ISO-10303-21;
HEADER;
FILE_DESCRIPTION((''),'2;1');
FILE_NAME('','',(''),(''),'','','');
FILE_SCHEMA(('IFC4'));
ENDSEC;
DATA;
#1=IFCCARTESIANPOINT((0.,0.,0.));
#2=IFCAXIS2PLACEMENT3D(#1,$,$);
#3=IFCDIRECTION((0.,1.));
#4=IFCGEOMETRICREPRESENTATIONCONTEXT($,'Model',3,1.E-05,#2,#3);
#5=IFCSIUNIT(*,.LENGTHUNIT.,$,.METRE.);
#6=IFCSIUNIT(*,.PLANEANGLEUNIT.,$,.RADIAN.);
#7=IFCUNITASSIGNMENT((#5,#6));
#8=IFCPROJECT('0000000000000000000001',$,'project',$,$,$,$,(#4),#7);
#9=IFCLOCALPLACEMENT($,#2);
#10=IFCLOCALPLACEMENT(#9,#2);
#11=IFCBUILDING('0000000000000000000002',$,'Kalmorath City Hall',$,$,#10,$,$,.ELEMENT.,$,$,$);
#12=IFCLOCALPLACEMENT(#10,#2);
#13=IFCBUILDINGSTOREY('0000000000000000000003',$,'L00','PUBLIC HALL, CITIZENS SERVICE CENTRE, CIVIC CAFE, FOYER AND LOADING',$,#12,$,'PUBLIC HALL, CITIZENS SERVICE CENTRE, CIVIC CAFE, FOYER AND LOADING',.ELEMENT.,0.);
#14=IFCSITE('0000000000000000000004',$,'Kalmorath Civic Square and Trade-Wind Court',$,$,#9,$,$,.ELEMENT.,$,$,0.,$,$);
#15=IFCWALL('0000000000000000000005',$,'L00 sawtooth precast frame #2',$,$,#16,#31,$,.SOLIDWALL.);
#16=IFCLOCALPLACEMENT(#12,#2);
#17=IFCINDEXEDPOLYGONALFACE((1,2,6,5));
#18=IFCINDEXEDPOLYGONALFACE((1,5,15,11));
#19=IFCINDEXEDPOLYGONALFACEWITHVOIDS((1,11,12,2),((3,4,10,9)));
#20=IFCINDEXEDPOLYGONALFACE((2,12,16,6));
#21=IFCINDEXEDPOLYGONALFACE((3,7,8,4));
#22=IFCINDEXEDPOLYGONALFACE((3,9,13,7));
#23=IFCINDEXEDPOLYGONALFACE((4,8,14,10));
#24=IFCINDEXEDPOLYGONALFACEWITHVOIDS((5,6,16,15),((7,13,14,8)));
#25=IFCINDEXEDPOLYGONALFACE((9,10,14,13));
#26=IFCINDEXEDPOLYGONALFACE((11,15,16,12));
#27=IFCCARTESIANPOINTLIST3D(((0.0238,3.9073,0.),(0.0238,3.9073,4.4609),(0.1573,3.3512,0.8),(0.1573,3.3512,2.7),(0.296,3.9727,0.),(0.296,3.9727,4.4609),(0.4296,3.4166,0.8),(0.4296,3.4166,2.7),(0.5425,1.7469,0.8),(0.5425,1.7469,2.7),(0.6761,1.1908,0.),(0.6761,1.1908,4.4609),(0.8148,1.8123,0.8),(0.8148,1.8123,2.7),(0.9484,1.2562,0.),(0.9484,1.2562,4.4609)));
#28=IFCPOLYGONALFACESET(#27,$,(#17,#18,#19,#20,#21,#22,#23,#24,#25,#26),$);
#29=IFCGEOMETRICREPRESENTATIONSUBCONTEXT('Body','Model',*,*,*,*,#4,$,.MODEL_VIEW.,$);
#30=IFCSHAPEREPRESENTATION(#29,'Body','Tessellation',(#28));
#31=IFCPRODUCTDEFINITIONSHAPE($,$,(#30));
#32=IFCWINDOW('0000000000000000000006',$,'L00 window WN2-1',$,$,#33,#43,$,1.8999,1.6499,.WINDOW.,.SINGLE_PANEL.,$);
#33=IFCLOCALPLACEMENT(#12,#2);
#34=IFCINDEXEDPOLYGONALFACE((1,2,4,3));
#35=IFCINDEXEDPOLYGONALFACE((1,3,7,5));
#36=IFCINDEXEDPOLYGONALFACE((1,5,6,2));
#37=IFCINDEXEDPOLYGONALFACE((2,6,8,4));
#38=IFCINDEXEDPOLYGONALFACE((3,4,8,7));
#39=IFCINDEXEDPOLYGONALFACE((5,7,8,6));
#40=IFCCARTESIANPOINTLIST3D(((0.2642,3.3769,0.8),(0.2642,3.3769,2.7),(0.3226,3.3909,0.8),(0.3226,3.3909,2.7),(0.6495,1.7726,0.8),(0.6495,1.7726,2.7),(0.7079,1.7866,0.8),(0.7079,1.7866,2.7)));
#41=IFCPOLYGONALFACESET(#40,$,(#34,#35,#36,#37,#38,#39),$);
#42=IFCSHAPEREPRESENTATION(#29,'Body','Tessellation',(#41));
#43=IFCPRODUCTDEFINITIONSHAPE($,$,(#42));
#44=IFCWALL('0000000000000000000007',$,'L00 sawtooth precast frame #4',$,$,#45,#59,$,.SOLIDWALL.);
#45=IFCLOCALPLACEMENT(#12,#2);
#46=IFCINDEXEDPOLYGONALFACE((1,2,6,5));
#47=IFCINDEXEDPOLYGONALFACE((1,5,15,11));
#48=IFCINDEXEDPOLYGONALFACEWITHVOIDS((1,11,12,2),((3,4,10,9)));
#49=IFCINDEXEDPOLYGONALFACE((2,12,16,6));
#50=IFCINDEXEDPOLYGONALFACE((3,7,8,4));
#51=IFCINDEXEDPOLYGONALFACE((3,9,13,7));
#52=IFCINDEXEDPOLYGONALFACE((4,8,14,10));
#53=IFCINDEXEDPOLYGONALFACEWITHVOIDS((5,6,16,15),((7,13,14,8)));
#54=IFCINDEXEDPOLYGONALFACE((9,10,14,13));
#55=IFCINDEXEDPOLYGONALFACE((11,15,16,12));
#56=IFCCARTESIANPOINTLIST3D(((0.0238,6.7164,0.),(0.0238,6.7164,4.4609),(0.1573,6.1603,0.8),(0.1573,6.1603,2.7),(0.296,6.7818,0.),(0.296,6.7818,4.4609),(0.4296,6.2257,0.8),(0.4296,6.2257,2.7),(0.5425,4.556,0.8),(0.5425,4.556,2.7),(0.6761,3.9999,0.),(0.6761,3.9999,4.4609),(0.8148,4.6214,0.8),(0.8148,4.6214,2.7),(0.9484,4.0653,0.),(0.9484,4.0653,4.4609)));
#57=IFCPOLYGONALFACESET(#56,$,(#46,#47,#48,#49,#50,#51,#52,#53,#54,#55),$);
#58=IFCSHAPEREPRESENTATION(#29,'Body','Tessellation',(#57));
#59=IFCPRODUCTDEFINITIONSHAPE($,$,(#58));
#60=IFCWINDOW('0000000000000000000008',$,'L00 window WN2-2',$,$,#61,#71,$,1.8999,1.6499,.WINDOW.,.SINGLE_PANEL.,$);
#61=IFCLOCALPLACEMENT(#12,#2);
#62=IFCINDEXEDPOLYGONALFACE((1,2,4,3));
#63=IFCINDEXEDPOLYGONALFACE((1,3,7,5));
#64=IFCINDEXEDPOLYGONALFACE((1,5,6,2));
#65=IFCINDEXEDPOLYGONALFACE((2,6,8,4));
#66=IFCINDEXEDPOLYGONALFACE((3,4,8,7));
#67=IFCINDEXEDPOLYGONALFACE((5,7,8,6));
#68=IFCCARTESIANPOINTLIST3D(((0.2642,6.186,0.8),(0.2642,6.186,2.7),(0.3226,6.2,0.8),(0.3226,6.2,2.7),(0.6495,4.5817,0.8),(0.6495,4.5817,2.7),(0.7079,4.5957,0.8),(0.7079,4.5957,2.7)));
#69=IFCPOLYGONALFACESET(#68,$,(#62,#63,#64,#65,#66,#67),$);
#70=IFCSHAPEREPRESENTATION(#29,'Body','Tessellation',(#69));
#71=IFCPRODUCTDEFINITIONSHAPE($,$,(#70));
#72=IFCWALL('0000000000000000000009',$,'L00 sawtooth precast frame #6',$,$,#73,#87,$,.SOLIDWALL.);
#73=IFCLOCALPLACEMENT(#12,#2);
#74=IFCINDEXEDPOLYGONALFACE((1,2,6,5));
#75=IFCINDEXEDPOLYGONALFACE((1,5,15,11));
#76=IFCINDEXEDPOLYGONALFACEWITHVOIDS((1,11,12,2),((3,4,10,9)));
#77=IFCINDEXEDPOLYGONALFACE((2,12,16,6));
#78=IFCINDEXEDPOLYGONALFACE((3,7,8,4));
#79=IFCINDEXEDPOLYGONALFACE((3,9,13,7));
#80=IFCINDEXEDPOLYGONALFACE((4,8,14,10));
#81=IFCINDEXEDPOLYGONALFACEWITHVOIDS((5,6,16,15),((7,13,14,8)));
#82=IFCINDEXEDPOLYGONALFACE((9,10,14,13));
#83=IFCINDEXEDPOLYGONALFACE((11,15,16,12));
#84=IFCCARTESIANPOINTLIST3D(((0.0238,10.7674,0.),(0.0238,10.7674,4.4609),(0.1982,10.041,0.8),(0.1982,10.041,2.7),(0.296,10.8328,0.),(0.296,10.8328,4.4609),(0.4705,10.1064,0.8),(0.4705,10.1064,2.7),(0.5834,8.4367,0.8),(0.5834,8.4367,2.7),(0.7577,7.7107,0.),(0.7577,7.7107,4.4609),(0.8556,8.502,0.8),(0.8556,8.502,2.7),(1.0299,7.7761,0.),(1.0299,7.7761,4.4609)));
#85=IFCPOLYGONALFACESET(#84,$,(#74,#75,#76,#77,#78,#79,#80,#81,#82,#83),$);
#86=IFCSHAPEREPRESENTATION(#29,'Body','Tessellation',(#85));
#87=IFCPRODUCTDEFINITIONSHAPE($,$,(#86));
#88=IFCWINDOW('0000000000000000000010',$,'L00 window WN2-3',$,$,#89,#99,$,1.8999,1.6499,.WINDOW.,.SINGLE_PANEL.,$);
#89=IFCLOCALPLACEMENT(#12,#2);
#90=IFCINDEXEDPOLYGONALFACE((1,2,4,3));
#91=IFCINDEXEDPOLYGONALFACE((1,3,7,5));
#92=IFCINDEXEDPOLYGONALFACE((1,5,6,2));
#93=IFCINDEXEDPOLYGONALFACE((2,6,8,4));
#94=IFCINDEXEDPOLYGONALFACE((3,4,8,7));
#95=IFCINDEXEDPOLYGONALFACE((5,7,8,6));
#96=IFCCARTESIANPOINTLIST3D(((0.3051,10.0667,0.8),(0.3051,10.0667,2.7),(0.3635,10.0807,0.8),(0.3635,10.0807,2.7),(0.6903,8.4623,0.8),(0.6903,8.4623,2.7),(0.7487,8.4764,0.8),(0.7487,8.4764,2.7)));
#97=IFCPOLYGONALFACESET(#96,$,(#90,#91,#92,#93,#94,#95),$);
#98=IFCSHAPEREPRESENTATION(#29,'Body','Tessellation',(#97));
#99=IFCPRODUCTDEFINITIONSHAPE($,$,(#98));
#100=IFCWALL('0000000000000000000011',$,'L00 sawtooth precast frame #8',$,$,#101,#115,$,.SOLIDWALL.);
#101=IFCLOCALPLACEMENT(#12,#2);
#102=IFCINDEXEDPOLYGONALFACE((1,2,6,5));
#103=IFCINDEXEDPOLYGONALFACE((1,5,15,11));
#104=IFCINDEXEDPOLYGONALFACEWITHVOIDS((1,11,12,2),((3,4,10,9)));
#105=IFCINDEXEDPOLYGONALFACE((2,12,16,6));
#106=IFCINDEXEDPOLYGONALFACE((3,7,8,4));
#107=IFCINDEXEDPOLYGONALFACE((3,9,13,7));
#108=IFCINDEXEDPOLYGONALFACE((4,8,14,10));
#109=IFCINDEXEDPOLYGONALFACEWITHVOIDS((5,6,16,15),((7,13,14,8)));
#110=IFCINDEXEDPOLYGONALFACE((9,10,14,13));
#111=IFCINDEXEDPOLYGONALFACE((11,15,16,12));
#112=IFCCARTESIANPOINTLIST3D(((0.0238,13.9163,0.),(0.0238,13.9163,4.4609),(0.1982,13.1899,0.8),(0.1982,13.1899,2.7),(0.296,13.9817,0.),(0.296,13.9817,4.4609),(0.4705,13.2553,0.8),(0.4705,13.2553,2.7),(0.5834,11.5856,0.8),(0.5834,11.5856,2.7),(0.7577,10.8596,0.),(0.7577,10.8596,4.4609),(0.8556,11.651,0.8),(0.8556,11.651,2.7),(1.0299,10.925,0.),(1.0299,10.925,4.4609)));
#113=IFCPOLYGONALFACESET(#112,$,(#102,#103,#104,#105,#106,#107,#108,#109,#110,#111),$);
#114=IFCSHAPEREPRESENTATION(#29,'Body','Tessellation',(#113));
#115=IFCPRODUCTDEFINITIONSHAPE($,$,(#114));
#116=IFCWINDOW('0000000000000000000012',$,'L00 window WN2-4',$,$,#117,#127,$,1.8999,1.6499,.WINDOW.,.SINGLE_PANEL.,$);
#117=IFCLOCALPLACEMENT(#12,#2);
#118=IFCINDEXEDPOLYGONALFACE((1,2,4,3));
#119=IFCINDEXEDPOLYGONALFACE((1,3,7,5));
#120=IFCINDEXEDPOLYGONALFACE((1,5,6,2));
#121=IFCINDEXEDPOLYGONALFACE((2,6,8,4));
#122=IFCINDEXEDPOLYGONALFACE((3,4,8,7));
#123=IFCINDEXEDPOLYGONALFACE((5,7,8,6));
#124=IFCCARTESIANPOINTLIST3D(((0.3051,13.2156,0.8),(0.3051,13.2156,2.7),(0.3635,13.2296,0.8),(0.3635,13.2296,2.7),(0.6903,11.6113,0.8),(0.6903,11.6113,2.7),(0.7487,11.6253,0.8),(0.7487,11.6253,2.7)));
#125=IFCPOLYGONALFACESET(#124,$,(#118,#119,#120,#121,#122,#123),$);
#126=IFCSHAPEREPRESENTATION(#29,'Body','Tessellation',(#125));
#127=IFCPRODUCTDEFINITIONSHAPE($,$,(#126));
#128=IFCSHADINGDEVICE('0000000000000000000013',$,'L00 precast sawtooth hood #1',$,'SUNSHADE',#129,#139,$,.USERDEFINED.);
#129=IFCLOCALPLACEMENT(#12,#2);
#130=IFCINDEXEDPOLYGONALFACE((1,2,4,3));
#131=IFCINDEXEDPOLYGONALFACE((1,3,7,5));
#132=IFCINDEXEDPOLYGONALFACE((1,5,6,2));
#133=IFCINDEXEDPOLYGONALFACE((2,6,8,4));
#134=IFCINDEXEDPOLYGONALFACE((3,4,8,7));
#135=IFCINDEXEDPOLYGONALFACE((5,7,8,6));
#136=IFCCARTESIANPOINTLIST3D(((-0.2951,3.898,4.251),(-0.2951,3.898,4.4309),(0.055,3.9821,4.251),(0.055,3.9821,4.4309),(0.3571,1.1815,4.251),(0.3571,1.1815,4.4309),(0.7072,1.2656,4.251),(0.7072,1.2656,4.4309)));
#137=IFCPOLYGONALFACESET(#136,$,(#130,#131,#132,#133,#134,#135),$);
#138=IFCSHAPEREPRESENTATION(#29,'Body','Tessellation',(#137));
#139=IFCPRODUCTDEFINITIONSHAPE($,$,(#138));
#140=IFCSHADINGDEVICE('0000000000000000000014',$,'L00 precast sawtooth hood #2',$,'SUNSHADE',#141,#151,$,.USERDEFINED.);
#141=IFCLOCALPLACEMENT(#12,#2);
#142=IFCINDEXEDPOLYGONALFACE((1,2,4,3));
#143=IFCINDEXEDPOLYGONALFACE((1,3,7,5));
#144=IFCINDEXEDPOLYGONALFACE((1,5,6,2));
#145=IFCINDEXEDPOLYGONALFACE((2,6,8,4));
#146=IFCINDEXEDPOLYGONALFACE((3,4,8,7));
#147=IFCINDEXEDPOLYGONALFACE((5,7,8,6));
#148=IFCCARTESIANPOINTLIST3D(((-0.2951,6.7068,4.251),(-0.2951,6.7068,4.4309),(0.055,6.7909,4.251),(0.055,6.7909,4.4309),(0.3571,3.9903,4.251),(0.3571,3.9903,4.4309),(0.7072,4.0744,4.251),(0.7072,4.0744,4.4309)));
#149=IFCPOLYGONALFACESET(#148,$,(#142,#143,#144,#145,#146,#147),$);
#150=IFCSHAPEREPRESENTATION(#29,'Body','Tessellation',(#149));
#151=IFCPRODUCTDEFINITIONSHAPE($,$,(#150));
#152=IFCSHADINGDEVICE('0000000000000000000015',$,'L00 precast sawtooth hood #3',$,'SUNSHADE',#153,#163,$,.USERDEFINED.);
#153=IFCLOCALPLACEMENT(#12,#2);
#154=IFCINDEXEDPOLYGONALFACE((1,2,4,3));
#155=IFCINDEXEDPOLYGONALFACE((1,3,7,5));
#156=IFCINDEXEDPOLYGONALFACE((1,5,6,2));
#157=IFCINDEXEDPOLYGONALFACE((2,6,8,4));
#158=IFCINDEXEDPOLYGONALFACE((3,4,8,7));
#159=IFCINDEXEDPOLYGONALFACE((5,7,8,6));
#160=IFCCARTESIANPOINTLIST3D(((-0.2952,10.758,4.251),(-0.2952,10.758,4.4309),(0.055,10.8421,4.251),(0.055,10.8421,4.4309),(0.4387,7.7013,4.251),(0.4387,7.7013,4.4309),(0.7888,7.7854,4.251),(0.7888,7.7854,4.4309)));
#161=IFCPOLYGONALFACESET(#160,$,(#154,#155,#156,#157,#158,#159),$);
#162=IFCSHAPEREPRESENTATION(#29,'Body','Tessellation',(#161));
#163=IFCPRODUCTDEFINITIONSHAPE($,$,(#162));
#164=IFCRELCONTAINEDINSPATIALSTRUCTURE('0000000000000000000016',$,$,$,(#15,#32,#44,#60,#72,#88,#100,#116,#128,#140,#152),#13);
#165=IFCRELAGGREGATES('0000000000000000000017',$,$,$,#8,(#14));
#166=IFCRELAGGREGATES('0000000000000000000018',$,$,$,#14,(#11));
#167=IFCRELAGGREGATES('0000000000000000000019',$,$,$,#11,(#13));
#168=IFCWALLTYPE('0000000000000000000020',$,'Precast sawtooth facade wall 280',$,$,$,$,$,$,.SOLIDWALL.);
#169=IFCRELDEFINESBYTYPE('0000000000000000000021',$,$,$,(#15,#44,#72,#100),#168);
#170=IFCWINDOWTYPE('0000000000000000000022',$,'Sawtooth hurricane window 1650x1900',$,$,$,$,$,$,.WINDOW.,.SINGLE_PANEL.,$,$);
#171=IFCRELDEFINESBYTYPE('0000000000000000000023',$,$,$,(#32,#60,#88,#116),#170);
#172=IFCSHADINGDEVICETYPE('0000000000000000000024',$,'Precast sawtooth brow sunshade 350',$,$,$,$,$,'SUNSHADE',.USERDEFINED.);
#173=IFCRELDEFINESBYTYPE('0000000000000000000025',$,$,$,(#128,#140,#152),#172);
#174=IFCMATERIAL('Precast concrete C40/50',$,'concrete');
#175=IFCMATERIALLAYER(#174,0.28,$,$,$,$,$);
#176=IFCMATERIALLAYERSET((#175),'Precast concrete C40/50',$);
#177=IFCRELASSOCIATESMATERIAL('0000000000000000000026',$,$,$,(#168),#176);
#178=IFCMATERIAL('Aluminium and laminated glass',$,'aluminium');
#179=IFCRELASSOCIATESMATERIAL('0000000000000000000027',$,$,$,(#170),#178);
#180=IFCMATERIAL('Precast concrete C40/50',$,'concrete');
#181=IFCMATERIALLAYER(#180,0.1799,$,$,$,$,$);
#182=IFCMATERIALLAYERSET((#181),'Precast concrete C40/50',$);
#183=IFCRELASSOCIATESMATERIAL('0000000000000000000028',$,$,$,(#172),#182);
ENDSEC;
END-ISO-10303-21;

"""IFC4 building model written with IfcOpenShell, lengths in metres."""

from ifc_helpers import new_model, si_unit, direction, frame, frame_2d, origin, origin_2d, place, context, subcontext, project, spatial, rectangle, extrude, material, layer, layer_set, type_object, element, fill, save


model = new_model("IFC4")

# Units and contexts
model_context = context("Model", 3, precision=1e-05, world=origin(), true_north=direction((0.0, 1.0)))
body_context = subcontext(model_context, "Body", "Model", "MODEL_VIEW")
ifc_project = project(units=[si_unit("LENGTHUNIT", "METRE"), si_unit("PLANEANGLEUNIT", "RADIAN")], contexts=[model_context])

# Site, building, storey
site_placement = place(None, origin())
site = spatial("IfcSite", under=ifc_project, at=site_placement, Name="Kalmorath Civic Square and Trade-Wind Court", CompositionType="ELEMENT", RefElevation=0.0)
building_placement = place(site_placement, origin())
building = spatial("IfcBuilding", under=site, at=building_placement, Name="Kalmorath City Hall", CompositionType="ELEMENT")
storey_placement = place(building_placement, origin())
storey = spatial("IfcBuildingStorey", under=building, at=storey_placement, Name="L00", Description="PUBLIC HALL, CITIZENS SERVICE CENTRE, CIVIC CAFE, FOYER AND LOADING", LongName="PUBLIC HALL, CITIZENS SERVICE CENTRE, CIVIC CAFE, FOYER AND LOADING", CompositionType="ELEMENT", Elevation=0.0)

# Walls, openings, windows
ifc_material_1 = material(Name="Precast concrete C40/50", Category="concrete")
ifc_layer_1 = layer(ifc_material_1, 0.28)
ifc_layer_set_1 = layer_set([ifc_layer_1], Name="Precast concrete C40/50")
wall_type_1 = type_object("IfcWallType", Name="Precast sawtooth facade wall 280", PredefinedType="SOLIDWALL", material=ifc_layer_set_1)
wall_1_placement = place(storey_placement, frame((0.8123, 1.2234, 0.0), z_axis=(0.0, 0.0, 1.0), x_axis=(-0.233499, 0.972357, 0.0)))
wall_1 = element("IfcWall", 1, at=wall_1_placement, inside=storey, type_object=wall_type_1, Name="L00 sawtooth precast frame #2", PredefinedType="SOLIDWALL", context=body_context, shape_type="SweptSolid", body=[
    extrude(rectangle(XDim=2.7937, YDim=0.28, at=frame_2d((1.397, 0.0))), origin(), (0.0, 0.0, 1.0), 4.4609),
])
opening_1_placement = place(wall_1_placement, frame((0.572, 0.0, 0.8)))
opening_1 = element("IfcOpeningElement", 2, at=opening_1_placement, cuts=wall_1, PredefinedType="OPENING", context=body_context, shape_type="SweptSolid", body=[
    extrude(rectangle(XDim=1.6499, YDim=1.8999, at=frame_2d((0.825, 0.95))), frame((0.0, 0.1499, 0.0), z_axis=(0.0, -1.0, 0.0), x_axis=(1.0, 0.0, 0.0)), (0.0, 0.0, 1.0), 0.3),
])
ifc_material_2 = material(Name="Aluminium and laminated glass", Category="aluminium")
window_type = type_object("IfcWindowType", Name="Sawtooth hurricane window 1650x1900", PartitioningType="SINGLE_PANEL", PredefinedType="WINDOW", material=ifc_material_2)
window_1_placement = place(opening_1_placement, origin())
window_1 = element("IfcWindow", 3, at=window_1_placement, inside=storey, type_object=window_type, Name="L00 window WN2-1", OverallHeight=1.8999, OverallWidth=1.6499, PartitioningType="SINGLE_PANEL", PredefinedType="WINDOW", context=body_context, shape_type="SweptSolid", body=[
    extrude(rectangle(XDim=1.6499, YDim=1.8999, at=frame_2d((0.825, 0.95))), frame((0.0, 0.03, 0.0), z_axis=(0.0, -1.0, 0.0), x_axis=(1.0, 0.0, 0.0)), (0.0, 0.0, 1.0), 0.0601),
])
fill(opening_1, window_1)
wall_2_placement = place(storey_placement, frame((0.8123, 4.0325, 0.0), z_axis=(0.0, 0.0, 1.0), x_axis=(-0.233499, 0.972357, 0.0)))
wall_2 = element("IfcWall", 4, at=wall_2_placement, inside=storey, type_object=wall_type_1, Name="L00 sawtooth precast frame #4", PredefinedType="SOLIDWALL", context=body_context, shape_type="SweptSolid", body=[
    extrude(rectangle(XDim=2.7937, YDim=0.28, at=frame_2d((1.397, 0.0))), origin(), (0.0, 0.0, 1.0), 4.4609),
])
opening_2_placement = place(wall_2_placement, frame((0.572, 0.0, 0.8)))
opening_2 = element("IfcOpeningElement", 5, at=opening_2_placement, cuts=wall_2, PredefinedType="OPENING", context=body_context, shape_type="SweptSolid", body=[
    extrude(rectangle(XDim=1.6499, YDim=1.8999, at=frame_2d((0.825, 0.95))), frame((0.0, 0.1499, 0.0), z_axis=(0.0, -1.0, 0.0), x_axis=(1.0, 0.0, 0.0)), (0.0, 0.0, 1.0), 0.3),
])
window_2_placement = place(opening_2_placement, origin())
window_2 = element("IfcWindow", 6, at=window_2_placement, inside=storey, type_object=window_type, Name="L00 window WN2-2", OverallHeight=1.8999, OverallWidth=1.6499, PartitioningType="SINGLE_PANEL", PredefinedType="WINDOW", context=body_context, shape_type="SweptSolid", body=[
    extrude(rectangle(XDim=1.6499, YDim=1.8999, at=frame_2d((0.825, 0.95))), frame((0.0, 0.03, 0.0), z_axis=(0.0, -1.0, 0.0), x_axis=(1.0, 0.0, 0.0)), (0.0, 0.0, 1.0), 0.0601),
])
fill(opening_2, window_2)
wall_3_placement = place(storey_placement, frame((0.8938, 7.7434, 0.0), z_axis=(0.0, 0.0, 1.0), x_axis=(-0.233461, 0.972366, 0.0)))
wall_3 = element("IfcWall", 7, at=wall_3_placement, inside=storey, type_object=wall_type_1, Name="L00 sawtooth precast frame #6", PredefinedType="SOLIDWALL", context=body_context, shape_type="SweptSolid", body=[
    extrude(rectangle(XDim=3.1436, YDim=0.28, at=frame_2d((1.5718, 0.0))), origin(), (0.0, 0.0, 1.0), 4.4609),
])
opening_3_placement = place(wall_3_placement, frame((0.7466, 0.0, 0.8)))
opening_3 = element("IfcOpeningElement", 8, at=opening_3_placement, cuts=wall_3, PredefinedType="OPENING", context=body_context, shape_type="SweptSolid", body=[
    extrude(rectangle(XDim=1.6499, YDim=1.8999, at=frame_2d((0.825, 0.95))), frame((0.0, 0.1499, 0.0), z_axis=(0.0, -1.0, 0.0), x_axis=(1.0, 0.0, 0.0)), (0.0, 0.0, 1.0), 0.3),
])
window_3_placement = place(opening_3_placement, origin())
window_3 = element("IfcWindow", 9, at=window_3_placement, inside=storey, type_object=window_type, Name="L00 window WN2-3", OverallHeight=1.8999, OverallWidth=1.6499, PartitioningType="SINGLE_PANEL", PredefinedType="WINDOW", context=body_context, shape_type="SweptSolid", body=[
    extrude(rectangle(XDim=1.6499, YDim=1.8999, at=frame_2d((0.825, 0.95))), frame((0.0, 0.03, 0.0), z_axis=(0.0, -1.0, 0.0), x_axis=(1.0, 0.0, 0.0)), (0.0, 0.0, 1.0), 0.0601),
])
fill(opening_3, window_3)
wall_4_placement = place(storey_placement, frame((0.8938, 10.8923, 0.0), z_axis=(0.0, 0.0, 1.0), x_axis=(-0.233461, 0.972366, 0.0)))
wall_4 = element("IfcWall", 10, at=wall_4_placement, inside=storey, type_object=wall_type_1, Name="L00 sawtooth precast frame #8", PredefinedType="SOLIDWALL", context=body_context, shape_type="SweptSolid", body=[
    extrude(rectangle(XDim=3.1436, YDim=0.28, at=frame_2d((1.5718, 0.0))), origin(), (0.0, 0.0, 1.0), 4.4609),
])
opening_4_placement = place(wall_4_placement, frame((0.7466, 0.0, 0.8)))
opening_4 = element("IfcOpeningElement", 11, at=opening_4_placement, cuts=wall_4, PredefinedType="OPENING", context=body_context, shape_type="SweptSolid", body=[
    extrude(rectangle(XDim=1.6499, YDim=1.8999, at=frame_2d((0.825, 0.95))), frame((0.0, 0.1499, 0.0), z_axis=(0.0, -1.0, 0.0), x_axis=(1.0, 0.0, 0.0)), (0.0, 0.0, 1.0), 0.3),
])
window_4_placement = place(opening_4_placement, origin())
window_4 = element("IfcWindow", 12, at=window_4_placement, inside=storey, type_object=window_type, Name="L00 window WN2-4", OverallHeight=1.8999, OverallWidth=1.6499, PartitioningType="SINGLE_PANEL", PredefinedType="WINDOW", context=body_context, shape_type="SweptSolid", body=[
    extrude(rectangle(XDim=1.6499, YDim=1.8999, at=frame_2d((0.825, 0.95))), frame((0.0, 0.03, 0.0), z_axis=(0.0, -1.0, 0.0), x_axis=(1.0, 0.0, 0.0)), (0.0, 0.0, 1.0), 0.0601),
])
fill(opening_4, window_4)

# Shading devices
ifc_material_3 = material(Name="Precast concrete C40/50", Category="concrete")
ifc_layer_2 = layer(ifc_material_3, 0.1799)
ifc_layer_set_2 = layer_set([ifc_layer_2], Name="Precast concrete C40/50")
shading_device_type = type_object("IfcShadingDeviceType", Name="Precast sawtooth brow sunshade 350", ElementType="SUNSHADE", PredefinedType="USERDEFINED", material=ifc_layer_set_2)
for number, where, z_axis, x_axis, name in (
    (13, (0.2061, 2.5818, 4.251), (0.0, 0.0, 1.0), (-0.233445, 0.97237, 0.0), "L00 precast sawtooth hood #1"),
    (14, (0.2061, 5.3906, 4.251), (0.0, 0.0, 1.0), (-0.233445, 0.97237, 0.0), "L00 precast sawtooth hood #2"),
):
    element("IfcShadingDevice", number, at=place(storey_placement, frame(where, z_axis=z_axis, x_axis=x_axis)), inside=storey, type_object=shading_device_type, Name=name, ObjectType="SUNSHADE", PredefinedType="USERDEFINED", context=body_context, shape_type="SweptSolid", body=[
        extrude(rectangle(XDim=2.7937, YDim=0.3601, at=origin_2d()), origin(), (0.0, 0.0, 1.0), 0.1799),
    ])
shading_device_placement = place(storey_placement, frame((0.2468, 9.2717, 4.251), z_axis=(0.0, 0.0, 1.0), x_axis=(-0.233445, 0.97237, 0.0)))
element("IfcShadingDevice", 15, at=shading_device_placement, inside=storey, type_object=shading_device_type, Name="L00 precast sawtooth hood #3", ObjectType="SUNSHADE", PredefinedType="USERDEFINED", context=body_context, shape_type="SweptSolid", body=[
    extrude(rectangle(XDim=3.1436, YDim=0.3601, at=origin_2d()), origin(), (0.0, 0.0, 1.0), 0.1799),
])

save(model, "model.ifc")
